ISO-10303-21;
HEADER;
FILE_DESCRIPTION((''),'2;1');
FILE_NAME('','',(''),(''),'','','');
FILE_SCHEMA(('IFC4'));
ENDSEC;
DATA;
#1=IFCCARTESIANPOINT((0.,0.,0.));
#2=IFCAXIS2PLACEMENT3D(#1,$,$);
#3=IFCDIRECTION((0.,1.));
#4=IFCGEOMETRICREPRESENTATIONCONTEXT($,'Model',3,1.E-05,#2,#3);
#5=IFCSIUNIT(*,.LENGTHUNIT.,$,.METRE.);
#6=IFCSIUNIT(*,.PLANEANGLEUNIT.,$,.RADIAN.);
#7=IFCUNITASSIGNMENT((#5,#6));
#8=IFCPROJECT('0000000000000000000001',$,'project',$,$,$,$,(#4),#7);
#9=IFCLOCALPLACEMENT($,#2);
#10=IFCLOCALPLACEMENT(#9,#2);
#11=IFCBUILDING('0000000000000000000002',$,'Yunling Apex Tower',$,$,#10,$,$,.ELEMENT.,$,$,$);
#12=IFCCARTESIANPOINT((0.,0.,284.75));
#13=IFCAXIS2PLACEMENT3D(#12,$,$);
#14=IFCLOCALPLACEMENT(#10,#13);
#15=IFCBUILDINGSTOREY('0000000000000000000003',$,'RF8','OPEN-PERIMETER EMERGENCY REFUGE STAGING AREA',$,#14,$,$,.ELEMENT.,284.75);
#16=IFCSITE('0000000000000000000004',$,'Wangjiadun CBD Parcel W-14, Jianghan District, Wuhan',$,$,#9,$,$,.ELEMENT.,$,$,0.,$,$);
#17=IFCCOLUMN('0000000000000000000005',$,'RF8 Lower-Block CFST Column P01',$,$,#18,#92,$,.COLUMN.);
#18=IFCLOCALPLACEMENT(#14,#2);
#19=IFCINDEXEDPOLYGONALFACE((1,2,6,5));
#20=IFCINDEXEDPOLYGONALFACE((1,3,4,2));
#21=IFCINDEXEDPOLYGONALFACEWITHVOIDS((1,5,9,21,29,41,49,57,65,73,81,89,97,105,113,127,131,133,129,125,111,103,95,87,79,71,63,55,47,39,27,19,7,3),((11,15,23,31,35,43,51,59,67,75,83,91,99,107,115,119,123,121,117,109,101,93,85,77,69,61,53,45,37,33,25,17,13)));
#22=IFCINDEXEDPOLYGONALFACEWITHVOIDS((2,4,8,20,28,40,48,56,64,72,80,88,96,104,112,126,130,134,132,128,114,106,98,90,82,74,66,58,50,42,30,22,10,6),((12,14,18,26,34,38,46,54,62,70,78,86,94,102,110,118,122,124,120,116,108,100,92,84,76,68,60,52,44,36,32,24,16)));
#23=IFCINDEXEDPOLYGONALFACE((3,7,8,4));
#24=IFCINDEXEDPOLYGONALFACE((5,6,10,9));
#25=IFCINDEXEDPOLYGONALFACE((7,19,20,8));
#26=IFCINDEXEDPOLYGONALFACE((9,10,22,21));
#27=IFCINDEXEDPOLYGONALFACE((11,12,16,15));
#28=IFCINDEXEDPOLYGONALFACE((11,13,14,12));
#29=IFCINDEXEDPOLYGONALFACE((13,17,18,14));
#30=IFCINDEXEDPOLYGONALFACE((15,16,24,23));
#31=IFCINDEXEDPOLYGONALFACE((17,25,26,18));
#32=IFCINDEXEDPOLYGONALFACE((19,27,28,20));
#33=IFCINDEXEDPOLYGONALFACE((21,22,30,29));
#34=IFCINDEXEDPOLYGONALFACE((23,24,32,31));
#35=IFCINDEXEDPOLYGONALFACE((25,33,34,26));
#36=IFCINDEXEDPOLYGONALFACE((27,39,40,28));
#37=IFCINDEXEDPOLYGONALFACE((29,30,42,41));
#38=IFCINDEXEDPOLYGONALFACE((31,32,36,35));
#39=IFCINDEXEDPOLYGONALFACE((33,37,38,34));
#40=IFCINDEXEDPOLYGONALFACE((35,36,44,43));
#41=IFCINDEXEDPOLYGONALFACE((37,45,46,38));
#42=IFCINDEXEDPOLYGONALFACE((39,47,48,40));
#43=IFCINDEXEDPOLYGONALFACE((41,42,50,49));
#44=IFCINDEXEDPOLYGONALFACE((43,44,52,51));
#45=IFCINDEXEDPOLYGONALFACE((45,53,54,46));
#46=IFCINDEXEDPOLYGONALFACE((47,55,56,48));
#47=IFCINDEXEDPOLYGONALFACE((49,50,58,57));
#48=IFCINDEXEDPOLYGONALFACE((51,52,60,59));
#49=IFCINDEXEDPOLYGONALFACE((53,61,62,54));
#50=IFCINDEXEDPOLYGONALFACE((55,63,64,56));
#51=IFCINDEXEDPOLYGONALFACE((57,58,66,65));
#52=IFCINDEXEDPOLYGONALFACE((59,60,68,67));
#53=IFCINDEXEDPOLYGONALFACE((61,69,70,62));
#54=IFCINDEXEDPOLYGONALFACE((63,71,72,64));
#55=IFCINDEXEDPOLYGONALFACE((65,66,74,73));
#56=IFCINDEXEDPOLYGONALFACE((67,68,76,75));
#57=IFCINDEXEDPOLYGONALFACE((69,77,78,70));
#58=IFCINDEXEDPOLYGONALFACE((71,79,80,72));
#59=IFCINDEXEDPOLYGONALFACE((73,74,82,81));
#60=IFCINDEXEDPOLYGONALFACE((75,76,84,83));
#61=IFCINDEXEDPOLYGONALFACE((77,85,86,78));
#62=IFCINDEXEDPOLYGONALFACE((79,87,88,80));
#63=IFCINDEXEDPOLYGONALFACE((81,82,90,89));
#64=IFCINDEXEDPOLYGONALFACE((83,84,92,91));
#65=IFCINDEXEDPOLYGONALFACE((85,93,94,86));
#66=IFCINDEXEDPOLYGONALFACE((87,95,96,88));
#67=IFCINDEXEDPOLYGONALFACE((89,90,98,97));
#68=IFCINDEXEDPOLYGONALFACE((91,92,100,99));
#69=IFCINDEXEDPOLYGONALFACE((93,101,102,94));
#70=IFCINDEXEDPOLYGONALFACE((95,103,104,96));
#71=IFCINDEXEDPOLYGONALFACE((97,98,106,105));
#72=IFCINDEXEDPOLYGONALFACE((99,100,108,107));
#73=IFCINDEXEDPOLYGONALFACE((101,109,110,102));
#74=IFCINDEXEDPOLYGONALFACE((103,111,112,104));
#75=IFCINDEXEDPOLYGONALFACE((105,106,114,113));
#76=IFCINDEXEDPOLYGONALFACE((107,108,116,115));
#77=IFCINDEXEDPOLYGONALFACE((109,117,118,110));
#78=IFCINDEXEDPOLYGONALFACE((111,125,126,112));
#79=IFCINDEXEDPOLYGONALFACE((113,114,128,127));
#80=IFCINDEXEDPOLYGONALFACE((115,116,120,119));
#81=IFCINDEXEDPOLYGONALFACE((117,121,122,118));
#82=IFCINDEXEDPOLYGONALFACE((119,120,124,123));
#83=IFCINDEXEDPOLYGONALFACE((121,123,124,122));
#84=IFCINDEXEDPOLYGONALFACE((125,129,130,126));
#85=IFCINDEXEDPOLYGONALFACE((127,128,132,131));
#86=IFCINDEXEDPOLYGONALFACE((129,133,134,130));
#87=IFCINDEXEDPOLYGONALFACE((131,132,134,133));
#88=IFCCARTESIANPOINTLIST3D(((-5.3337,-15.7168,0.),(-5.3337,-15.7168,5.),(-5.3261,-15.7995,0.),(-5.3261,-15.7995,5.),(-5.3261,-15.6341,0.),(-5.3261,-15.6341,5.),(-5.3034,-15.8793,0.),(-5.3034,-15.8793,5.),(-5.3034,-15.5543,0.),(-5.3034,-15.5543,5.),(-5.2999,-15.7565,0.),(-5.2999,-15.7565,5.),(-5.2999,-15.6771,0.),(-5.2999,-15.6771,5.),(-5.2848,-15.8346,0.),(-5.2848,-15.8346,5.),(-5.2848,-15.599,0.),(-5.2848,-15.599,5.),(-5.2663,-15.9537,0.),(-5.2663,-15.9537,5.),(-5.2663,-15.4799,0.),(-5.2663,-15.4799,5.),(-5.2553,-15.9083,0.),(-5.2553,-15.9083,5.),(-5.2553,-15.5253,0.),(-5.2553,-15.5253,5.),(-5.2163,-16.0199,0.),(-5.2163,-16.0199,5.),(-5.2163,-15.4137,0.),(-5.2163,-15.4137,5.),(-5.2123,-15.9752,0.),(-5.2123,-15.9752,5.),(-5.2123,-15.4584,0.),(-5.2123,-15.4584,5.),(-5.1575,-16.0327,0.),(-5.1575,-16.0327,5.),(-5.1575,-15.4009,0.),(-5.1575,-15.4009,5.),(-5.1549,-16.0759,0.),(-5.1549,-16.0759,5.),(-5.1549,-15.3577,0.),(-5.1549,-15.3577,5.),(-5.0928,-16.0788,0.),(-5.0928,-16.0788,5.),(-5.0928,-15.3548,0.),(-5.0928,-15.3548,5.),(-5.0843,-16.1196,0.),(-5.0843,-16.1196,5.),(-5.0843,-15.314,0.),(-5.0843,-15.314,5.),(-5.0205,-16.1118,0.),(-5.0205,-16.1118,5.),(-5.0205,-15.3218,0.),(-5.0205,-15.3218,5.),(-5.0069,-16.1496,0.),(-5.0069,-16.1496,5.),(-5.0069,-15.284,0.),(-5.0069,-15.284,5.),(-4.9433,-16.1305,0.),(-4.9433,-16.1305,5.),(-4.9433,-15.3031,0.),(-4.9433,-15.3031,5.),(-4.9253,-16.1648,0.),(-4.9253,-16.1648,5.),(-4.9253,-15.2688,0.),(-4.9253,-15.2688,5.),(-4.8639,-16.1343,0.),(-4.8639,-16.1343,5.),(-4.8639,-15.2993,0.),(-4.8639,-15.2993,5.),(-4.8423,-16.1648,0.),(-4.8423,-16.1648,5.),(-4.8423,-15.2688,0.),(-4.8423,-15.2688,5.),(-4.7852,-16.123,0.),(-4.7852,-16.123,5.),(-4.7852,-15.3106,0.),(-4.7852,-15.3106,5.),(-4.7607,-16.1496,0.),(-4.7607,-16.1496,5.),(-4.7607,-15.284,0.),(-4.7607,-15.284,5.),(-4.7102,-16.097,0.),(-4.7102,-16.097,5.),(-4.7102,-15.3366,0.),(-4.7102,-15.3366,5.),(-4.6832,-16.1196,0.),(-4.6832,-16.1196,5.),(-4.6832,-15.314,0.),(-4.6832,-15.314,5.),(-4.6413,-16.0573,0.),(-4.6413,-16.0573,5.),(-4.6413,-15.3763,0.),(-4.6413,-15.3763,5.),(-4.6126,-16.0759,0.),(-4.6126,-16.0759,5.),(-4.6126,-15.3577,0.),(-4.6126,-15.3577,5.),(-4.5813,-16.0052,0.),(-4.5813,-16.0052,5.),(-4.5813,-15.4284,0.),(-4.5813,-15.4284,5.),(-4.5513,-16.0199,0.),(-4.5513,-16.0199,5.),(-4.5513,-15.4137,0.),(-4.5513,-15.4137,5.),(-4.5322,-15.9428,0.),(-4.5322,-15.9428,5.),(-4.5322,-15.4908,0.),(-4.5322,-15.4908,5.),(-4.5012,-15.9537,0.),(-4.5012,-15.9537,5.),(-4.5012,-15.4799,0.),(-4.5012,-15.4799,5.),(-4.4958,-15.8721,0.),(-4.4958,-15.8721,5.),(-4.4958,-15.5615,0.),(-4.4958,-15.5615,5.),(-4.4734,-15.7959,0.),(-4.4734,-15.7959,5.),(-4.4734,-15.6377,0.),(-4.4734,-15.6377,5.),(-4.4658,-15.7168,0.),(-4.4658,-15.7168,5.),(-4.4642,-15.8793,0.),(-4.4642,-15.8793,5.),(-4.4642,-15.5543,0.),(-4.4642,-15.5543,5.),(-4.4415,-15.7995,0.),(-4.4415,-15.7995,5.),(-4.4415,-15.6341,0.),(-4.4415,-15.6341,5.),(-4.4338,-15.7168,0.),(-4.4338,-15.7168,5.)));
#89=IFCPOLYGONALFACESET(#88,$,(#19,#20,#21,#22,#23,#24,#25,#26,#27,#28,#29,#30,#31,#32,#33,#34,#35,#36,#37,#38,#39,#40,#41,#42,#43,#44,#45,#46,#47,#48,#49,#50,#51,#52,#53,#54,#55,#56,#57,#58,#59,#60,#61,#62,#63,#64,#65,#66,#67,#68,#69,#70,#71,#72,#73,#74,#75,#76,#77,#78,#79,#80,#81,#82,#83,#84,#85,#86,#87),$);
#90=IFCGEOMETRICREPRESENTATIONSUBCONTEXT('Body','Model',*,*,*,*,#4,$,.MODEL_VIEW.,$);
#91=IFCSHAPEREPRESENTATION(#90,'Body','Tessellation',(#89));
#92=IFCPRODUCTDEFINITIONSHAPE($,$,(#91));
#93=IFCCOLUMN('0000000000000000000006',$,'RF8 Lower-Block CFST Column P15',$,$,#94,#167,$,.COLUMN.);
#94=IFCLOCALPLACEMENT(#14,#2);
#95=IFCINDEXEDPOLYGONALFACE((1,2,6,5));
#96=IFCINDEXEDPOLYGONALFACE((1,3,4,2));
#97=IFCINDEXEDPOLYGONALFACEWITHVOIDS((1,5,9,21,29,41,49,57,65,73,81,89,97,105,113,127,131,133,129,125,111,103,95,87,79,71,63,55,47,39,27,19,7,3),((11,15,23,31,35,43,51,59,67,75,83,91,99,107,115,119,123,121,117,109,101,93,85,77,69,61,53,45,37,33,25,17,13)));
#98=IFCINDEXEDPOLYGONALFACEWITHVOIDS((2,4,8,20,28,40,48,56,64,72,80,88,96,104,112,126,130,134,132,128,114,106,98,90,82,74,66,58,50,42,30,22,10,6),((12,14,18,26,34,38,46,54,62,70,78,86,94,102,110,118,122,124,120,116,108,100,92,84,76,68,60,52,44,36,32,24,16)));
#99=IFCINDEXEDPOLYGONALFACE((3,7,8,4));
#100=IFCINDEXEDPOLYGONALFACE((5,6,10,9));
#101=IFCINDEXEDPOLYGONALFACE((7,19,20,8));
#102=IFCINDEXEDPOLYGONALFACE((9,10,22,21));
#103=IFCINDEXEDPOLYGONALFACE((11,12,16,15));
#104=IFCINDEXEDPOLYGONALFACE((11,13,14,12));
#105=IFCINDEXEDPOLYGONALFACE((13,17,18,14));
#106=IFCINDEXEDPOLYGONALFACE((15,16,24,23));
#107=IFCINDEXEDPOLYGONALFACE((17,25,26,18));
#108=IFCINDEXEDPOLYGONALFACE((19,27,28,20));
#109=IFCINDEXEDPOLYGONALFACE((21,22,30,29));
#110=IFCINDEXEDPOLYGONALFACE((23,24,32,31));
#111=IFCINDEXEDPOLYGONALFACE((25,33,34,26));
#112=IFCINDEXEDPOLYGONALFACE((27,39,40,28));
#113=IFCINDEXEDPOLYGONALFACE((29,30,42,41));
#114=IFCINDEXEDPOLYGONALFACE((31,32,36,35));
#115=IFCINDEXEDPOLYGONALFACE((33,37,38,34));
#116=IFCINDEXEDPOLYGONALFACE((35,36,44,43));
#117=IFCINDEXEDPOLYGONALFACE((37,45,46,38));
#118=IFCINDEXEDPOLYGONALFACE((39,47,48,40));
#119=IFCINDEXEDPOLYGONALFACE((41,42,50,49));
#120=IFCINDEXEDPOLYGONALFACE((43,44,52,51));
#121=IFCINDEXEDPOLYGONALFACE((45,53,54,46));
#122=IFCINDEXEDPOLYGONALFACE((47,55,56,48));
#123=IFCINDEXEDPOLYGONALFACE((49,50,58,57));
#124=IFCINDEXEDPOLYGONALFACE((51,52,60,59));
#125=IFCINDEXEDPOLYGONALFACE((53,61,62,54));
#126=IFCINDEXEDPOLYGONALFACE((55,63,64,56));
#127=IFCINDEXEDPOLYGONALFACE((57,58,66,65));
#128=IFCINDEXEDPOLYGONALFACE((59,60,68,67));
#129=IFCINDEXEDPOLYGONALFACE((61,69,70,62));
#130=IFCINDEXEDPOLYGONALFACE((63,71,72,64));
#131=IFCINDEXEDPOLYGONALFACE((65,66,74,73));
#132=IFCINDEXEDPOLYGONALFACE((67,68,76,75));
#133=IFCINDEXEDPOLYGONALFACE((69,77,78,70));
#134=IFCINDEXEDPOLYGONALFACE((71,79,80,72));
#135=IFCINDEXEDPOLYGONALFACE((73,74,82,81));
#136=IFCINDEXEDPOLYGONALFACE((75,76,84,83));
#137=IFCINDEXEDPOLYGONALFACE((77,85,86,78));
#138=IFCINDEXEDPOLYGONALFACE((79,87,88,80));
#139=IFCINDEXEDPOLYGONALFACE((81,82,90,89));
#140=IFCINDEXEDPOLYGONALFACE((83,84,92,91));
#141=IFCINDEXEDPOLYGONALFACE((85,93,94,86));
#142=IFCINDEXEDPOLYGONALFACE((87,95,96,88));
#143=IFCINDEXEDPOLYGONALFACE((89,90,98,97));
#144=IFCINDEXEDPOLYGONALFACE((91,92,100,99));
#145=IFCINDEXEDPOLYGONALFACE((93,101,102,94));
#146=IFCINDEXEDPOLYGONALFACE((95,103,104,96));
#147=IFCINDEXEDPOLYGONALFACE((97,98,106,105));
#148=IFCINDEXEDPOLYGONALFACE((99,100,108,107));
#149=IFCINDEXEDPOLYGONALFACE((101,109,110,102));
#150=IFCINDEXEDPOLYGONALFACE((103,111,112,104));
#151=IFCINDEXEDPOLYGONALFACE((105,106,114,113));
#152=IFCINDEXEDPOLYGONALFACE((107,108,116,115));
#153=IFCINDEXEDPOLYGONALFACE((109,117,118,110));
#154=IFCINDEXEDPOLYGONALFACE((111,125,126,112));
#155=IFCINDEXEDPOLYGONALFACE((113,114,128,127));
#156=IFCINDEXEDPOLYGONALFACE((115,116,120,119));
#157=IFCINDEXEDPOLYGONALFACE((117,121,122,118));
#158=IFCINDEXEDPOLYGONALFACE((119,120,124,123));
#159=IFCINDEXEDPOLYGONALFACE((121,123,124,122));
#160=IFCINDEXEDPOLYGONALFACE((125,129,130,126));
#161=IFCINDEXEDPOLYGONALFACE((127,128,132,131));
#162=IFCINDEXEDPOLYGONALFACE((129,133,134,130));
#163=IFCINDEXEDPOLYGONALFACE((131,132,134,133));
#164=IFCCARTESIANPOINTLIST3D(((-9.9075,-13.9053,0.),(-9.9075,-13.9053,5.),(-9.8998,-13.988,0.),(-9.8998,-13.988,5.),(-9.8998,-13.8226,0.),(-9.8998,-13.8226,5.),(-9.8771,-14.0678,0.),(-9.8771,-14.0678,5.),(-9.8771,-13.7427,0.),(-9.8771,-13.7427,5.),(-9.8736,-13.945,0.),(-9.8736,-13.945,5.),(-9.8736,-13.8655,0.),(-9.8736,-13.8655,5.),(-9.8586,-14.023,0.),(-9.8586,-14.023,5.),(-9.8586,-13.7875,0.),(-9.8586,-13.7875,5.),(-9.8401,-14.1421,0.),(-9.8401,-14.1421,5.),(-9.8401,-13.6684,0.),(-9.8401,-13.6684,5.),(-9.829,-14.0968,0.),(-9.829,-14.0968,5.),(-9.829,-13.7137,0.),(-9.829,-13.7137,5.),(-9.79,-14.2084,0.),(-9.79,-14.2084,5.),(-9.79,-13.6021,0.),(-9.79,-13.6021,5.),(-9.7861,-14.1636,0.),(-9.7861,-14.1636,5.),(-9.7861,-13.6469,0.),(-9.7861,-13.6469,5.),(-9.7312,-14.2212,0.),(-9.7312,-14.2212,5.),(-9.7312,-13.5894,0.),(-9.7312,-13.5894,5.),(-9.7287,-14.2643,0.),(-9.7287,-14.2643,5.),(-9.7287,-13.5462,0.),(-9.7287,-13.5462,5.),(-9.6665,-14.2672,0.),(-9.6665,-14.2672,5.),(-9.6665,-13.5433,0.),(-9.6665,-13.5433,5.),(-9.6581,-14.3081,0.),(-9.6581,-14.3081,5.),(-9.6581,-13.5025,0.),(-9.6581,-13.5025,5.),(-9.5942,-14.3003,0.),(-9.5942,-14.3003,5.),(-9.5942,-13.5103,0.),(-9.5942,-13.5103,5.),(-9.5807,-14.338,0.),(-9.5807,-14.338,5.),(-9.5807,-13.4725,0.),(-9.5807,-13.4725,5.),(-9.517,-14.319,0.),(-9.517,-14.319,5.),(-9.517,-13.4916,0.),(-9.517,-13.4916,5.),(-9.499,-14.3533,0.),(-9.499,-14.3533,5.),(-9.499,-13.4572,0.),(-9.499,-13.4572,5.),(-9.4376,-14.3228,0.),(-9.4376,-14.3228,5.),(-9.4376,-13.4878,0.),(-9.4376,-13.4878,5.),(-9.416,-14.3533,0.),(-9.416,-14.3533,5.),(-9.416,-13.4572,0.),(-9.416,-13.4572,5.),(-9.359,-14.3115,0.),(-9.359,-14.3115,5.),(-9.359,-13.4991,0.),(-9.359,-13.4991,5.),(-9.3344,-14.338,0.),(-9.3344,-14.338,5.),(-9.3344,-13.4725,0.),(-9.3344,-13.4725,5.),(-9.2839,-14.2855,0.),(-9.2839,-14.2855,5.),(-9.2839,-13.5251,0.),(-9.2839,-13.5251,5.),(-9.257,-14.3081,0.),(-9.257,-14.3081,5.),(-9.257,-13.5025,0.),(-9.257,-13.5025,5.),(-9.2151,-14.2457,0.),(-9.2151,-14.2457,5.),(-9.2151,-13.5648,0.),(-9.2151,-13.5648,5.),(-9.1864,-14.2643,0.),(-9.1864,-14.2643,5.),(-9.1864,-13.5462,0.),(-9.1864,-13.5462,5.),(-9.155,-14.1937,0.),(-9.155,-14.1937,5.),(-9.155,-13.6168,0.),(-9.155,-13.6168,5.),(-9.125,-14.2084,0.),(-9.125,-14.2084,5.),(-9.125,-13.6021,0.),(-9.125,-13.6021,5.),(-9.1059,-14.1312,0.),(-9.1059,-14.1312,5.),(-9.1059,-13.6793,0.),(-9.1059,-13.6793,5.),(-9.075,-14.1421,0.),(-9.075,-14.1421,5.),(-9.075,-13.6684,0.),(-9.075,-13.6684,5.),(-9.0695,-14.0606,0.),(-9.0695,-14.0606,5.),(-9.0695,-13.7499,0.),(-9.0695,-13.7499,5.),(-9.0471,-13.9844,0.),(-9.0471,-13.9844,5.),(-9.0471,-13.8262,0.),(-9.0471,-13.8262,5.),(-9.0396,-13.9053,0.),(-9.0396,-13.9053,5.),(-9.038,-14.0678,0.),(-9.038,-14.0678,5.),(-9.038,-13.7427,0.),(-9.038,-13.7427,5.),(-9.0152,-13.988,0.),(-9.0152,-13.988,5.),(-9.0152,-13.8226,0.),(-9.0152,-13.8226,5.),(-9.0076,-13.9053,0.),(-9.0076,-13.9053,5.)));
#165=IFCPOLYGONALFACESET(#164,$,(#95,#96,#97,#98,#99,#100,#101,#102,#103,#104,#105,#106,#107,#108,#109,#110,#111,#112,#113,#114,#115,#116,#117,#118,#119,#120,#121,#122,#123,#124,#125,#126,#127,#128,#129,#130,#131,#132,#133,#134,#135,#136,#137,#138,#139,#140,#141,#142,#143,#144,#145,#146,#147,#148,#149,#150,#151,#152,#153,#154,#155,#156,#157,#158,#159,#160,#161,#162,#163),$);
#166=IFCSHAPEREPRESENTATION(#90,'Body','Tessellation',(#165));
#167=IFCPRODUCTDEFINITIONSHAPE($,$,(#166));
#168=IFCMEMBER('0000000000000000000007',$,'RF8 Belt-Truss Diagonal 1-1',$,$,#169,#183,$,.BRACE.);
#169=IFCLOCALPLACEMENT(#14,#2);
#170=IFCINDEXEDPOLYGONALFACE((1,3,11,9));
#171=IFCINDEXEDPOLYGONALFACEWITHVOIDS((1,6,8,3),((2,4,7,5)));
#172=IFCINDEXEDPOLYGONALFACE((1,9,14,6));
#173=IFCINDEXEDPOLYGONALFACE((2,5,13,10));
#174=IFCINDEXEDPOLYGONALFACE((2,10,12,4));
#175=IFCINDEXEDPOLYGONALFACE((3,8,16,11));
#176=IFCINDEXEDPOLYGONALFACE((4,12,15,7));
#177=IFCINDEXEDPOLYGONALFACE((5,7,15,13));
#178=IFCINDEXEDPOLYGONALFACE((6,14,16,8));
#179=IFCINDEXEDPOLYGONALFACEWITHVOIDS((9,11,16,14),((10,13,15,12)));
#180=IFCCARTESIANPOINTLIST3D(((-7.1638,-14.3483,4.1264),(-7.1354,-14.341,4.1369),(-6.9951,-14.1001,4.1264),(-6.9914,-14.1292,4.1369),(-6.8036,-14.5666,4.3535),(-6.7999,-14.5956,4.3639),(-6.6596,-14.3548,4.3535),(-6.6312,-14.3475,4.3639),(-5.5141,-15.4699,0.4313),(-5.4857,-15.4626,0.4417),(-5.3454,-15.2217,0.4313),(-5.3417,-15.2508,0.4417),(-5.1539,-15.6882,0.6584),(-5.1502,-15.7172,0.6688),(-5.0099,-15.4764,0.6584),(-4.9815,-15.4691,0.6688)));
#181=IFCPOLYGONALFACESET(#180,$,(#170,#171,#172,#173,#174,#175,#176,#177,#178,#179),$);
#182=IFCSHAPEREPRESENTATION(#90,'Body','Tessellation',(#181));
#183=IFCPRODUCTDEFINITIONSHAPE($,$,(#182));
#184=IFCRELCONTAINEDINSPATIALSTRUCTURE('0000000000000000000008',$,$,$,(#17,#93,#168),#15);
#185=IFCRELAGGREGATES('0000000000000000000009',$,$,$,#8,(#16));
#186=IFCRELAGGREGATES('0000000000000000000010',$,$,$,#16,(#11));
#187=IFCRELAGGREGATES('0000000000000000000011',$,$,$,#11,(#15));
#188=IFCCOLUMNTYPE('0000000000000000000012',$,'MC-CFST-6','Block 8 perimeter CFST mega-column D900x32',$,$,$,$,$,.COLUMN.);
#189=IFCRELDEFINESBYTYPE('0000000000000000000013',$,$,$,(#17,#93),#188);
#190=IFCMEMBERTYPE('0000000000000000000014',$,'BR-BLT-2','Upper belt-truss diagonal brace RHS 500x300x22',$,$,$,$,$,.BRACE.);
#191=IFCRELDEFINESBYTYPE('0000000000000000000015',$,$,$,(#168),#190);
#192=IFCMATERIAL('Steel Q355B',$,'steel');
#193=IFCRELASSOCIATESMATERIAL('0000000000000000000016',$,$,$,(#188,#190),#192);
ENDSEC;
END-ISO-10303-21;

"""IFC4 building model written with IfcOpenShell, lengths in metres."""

from ifc_helpers import new_model, si_unit, direction, frame, origin, origin_2d, place, context, subcontext, project, spatial, hollow_rectangle, hollow_circle, extrude, source, transform, mapped, material, material_profile, profile_set, type_object, element, save


model = new_model("IFC4")

# Units and contexts
model_context = context("Model", 3, precision=1e-05, world=origin(), true_north=direction((0.0, 1.0)))
body_context = subcontext(model_context, "Body", "Model", "MODEL_VIEW")
ifc_project = project(units=[si_unit("LENGTHUNIT", "METRE"), si_unit("PLANEANGLEUNIT", "RADIAN")], contexts=[model_context])

# Site, building, storey
site_placement = place(None, origin())
site = spatial("IfcSite", under=ifc_project, at=site_placement, Name="Wangjiadun CBD Parcel W-14, Jianghan District, Wuhan", CompositionType="ELEMENT", RefElevation=0.0)
building_placement = place(site_placement, origin())
building = spatial("IfcBuilding", under=site, at=building_placement, Name="Yunling Apex Tower", CompositionType="ELEMENT")
storey_placement = place(building_placement, frame((0.0, 0.0, 284.75)))
storey = spatial("IfcBuildingStorey", under=building, at=storey_placement, Name="RF8", Description="OPEN-PERIMETER EMERGENCY REFUGE STAGING AREA", CompositionType="ELEMENT", Elevation=284.75)

# Columns
ifc_material_1 = material(Name="Steel Q355B", Category="steel")
ifc_material_profile_1 = material_profile(ifc_material_1, hollow_circle(Radius=0.45, WallThickness=0.032, at=origin_2d()))
ifc_profile_set_1 = profile_set([ifc_material_profile_1], Name="Steel Q355B")
column_type = type_object("IfcColumnType", Name="MC-CFST-6", Description="Block 8 perimeter CFST mega-column D900x32", PredefinedType="COLUMN", material=ifc_profile_set_1)
shared_shape_1 = source(origin(), body_context, "Body", "SweptSolid", [
    extrude(hollow_circle(Radius=0.45, WallThickness=0.032, at=origin_2d()), origin(), (0.0, 0.0, 1.0), 5.0),
])
for number, where, z_axis, x_axis, name in (
    (1, (-4.8838, -15.7168, 0.0), (0.0, 0.0, 1.0), (1.0, 0.0, 0.0), "RF8 Lower-Block CFST Column P01"),
    (2, (-9.4575, -13.9053, 0.0), (0.0, 0.0, 1.0), (1.0, 0.0, 0.0), "RF8 Lower-Block CFST Column P15"),
):
    element("IfcColumn", number, at=place(storey_placement, frame(where, z_axis=z_axis, x_axis=x_axis)), inside=storey, type_object=column_type, Name=name, PredefinedType="COLUMN", context=body_context, shape_type="MappedRepresentation", body=[
        mapped(shared_shape_1, transform((0.0, 0.0, 0.0), scale=1.0)),
    ])

# Member
ifc_material_profile_2 = material_profile(ifc_material_1, hollow_rectangle(XDim=0.3, YDim=0.5, WallThickness=0.022, at=origin_2d()))
ifc_profile_set_2 = profile_set([ifc_material_profile_2], Name="Steel Q355B")
member_type_1 = type_object("IfcMemberType", Name="BR-BLT-2", Description="Upper belt-truss diagonal brace RHS 500x300x22", PredefinedType="BRACE", material=ifc_profile_set_2)
shared_shape_2 = source(origin(), body_context, "Body", "SweptSolid", [
    extrude(hollow_rectangle(XDim=0.3, YDim=0.5, WallThickness=0.022, at=origin_2d()), origin(), (0.0, 0.0, 1.0), 4.1992),
])
member_1_placement = place(storey_placement, frame((-5.2478, -15.4695, 0.55), z_axis=(-0.392855, 0.267097, 0.879957), x_axis=(-0.562246, -0.82697, 0.0)))
element("IfcMember", 3, at=member_1_placement, inside=storey, type_object=member_type_1, Name="RF8 Belt-Truss Diagonal 1-1", PredefinedType="BRACE", context=body_context, shape_type="MappedRepresentation", body=[
    mapped(shared_shape_2, transform((0.0, 0.0, 0.0), scale=1.0)),
])

save(model, "model.ifc")
